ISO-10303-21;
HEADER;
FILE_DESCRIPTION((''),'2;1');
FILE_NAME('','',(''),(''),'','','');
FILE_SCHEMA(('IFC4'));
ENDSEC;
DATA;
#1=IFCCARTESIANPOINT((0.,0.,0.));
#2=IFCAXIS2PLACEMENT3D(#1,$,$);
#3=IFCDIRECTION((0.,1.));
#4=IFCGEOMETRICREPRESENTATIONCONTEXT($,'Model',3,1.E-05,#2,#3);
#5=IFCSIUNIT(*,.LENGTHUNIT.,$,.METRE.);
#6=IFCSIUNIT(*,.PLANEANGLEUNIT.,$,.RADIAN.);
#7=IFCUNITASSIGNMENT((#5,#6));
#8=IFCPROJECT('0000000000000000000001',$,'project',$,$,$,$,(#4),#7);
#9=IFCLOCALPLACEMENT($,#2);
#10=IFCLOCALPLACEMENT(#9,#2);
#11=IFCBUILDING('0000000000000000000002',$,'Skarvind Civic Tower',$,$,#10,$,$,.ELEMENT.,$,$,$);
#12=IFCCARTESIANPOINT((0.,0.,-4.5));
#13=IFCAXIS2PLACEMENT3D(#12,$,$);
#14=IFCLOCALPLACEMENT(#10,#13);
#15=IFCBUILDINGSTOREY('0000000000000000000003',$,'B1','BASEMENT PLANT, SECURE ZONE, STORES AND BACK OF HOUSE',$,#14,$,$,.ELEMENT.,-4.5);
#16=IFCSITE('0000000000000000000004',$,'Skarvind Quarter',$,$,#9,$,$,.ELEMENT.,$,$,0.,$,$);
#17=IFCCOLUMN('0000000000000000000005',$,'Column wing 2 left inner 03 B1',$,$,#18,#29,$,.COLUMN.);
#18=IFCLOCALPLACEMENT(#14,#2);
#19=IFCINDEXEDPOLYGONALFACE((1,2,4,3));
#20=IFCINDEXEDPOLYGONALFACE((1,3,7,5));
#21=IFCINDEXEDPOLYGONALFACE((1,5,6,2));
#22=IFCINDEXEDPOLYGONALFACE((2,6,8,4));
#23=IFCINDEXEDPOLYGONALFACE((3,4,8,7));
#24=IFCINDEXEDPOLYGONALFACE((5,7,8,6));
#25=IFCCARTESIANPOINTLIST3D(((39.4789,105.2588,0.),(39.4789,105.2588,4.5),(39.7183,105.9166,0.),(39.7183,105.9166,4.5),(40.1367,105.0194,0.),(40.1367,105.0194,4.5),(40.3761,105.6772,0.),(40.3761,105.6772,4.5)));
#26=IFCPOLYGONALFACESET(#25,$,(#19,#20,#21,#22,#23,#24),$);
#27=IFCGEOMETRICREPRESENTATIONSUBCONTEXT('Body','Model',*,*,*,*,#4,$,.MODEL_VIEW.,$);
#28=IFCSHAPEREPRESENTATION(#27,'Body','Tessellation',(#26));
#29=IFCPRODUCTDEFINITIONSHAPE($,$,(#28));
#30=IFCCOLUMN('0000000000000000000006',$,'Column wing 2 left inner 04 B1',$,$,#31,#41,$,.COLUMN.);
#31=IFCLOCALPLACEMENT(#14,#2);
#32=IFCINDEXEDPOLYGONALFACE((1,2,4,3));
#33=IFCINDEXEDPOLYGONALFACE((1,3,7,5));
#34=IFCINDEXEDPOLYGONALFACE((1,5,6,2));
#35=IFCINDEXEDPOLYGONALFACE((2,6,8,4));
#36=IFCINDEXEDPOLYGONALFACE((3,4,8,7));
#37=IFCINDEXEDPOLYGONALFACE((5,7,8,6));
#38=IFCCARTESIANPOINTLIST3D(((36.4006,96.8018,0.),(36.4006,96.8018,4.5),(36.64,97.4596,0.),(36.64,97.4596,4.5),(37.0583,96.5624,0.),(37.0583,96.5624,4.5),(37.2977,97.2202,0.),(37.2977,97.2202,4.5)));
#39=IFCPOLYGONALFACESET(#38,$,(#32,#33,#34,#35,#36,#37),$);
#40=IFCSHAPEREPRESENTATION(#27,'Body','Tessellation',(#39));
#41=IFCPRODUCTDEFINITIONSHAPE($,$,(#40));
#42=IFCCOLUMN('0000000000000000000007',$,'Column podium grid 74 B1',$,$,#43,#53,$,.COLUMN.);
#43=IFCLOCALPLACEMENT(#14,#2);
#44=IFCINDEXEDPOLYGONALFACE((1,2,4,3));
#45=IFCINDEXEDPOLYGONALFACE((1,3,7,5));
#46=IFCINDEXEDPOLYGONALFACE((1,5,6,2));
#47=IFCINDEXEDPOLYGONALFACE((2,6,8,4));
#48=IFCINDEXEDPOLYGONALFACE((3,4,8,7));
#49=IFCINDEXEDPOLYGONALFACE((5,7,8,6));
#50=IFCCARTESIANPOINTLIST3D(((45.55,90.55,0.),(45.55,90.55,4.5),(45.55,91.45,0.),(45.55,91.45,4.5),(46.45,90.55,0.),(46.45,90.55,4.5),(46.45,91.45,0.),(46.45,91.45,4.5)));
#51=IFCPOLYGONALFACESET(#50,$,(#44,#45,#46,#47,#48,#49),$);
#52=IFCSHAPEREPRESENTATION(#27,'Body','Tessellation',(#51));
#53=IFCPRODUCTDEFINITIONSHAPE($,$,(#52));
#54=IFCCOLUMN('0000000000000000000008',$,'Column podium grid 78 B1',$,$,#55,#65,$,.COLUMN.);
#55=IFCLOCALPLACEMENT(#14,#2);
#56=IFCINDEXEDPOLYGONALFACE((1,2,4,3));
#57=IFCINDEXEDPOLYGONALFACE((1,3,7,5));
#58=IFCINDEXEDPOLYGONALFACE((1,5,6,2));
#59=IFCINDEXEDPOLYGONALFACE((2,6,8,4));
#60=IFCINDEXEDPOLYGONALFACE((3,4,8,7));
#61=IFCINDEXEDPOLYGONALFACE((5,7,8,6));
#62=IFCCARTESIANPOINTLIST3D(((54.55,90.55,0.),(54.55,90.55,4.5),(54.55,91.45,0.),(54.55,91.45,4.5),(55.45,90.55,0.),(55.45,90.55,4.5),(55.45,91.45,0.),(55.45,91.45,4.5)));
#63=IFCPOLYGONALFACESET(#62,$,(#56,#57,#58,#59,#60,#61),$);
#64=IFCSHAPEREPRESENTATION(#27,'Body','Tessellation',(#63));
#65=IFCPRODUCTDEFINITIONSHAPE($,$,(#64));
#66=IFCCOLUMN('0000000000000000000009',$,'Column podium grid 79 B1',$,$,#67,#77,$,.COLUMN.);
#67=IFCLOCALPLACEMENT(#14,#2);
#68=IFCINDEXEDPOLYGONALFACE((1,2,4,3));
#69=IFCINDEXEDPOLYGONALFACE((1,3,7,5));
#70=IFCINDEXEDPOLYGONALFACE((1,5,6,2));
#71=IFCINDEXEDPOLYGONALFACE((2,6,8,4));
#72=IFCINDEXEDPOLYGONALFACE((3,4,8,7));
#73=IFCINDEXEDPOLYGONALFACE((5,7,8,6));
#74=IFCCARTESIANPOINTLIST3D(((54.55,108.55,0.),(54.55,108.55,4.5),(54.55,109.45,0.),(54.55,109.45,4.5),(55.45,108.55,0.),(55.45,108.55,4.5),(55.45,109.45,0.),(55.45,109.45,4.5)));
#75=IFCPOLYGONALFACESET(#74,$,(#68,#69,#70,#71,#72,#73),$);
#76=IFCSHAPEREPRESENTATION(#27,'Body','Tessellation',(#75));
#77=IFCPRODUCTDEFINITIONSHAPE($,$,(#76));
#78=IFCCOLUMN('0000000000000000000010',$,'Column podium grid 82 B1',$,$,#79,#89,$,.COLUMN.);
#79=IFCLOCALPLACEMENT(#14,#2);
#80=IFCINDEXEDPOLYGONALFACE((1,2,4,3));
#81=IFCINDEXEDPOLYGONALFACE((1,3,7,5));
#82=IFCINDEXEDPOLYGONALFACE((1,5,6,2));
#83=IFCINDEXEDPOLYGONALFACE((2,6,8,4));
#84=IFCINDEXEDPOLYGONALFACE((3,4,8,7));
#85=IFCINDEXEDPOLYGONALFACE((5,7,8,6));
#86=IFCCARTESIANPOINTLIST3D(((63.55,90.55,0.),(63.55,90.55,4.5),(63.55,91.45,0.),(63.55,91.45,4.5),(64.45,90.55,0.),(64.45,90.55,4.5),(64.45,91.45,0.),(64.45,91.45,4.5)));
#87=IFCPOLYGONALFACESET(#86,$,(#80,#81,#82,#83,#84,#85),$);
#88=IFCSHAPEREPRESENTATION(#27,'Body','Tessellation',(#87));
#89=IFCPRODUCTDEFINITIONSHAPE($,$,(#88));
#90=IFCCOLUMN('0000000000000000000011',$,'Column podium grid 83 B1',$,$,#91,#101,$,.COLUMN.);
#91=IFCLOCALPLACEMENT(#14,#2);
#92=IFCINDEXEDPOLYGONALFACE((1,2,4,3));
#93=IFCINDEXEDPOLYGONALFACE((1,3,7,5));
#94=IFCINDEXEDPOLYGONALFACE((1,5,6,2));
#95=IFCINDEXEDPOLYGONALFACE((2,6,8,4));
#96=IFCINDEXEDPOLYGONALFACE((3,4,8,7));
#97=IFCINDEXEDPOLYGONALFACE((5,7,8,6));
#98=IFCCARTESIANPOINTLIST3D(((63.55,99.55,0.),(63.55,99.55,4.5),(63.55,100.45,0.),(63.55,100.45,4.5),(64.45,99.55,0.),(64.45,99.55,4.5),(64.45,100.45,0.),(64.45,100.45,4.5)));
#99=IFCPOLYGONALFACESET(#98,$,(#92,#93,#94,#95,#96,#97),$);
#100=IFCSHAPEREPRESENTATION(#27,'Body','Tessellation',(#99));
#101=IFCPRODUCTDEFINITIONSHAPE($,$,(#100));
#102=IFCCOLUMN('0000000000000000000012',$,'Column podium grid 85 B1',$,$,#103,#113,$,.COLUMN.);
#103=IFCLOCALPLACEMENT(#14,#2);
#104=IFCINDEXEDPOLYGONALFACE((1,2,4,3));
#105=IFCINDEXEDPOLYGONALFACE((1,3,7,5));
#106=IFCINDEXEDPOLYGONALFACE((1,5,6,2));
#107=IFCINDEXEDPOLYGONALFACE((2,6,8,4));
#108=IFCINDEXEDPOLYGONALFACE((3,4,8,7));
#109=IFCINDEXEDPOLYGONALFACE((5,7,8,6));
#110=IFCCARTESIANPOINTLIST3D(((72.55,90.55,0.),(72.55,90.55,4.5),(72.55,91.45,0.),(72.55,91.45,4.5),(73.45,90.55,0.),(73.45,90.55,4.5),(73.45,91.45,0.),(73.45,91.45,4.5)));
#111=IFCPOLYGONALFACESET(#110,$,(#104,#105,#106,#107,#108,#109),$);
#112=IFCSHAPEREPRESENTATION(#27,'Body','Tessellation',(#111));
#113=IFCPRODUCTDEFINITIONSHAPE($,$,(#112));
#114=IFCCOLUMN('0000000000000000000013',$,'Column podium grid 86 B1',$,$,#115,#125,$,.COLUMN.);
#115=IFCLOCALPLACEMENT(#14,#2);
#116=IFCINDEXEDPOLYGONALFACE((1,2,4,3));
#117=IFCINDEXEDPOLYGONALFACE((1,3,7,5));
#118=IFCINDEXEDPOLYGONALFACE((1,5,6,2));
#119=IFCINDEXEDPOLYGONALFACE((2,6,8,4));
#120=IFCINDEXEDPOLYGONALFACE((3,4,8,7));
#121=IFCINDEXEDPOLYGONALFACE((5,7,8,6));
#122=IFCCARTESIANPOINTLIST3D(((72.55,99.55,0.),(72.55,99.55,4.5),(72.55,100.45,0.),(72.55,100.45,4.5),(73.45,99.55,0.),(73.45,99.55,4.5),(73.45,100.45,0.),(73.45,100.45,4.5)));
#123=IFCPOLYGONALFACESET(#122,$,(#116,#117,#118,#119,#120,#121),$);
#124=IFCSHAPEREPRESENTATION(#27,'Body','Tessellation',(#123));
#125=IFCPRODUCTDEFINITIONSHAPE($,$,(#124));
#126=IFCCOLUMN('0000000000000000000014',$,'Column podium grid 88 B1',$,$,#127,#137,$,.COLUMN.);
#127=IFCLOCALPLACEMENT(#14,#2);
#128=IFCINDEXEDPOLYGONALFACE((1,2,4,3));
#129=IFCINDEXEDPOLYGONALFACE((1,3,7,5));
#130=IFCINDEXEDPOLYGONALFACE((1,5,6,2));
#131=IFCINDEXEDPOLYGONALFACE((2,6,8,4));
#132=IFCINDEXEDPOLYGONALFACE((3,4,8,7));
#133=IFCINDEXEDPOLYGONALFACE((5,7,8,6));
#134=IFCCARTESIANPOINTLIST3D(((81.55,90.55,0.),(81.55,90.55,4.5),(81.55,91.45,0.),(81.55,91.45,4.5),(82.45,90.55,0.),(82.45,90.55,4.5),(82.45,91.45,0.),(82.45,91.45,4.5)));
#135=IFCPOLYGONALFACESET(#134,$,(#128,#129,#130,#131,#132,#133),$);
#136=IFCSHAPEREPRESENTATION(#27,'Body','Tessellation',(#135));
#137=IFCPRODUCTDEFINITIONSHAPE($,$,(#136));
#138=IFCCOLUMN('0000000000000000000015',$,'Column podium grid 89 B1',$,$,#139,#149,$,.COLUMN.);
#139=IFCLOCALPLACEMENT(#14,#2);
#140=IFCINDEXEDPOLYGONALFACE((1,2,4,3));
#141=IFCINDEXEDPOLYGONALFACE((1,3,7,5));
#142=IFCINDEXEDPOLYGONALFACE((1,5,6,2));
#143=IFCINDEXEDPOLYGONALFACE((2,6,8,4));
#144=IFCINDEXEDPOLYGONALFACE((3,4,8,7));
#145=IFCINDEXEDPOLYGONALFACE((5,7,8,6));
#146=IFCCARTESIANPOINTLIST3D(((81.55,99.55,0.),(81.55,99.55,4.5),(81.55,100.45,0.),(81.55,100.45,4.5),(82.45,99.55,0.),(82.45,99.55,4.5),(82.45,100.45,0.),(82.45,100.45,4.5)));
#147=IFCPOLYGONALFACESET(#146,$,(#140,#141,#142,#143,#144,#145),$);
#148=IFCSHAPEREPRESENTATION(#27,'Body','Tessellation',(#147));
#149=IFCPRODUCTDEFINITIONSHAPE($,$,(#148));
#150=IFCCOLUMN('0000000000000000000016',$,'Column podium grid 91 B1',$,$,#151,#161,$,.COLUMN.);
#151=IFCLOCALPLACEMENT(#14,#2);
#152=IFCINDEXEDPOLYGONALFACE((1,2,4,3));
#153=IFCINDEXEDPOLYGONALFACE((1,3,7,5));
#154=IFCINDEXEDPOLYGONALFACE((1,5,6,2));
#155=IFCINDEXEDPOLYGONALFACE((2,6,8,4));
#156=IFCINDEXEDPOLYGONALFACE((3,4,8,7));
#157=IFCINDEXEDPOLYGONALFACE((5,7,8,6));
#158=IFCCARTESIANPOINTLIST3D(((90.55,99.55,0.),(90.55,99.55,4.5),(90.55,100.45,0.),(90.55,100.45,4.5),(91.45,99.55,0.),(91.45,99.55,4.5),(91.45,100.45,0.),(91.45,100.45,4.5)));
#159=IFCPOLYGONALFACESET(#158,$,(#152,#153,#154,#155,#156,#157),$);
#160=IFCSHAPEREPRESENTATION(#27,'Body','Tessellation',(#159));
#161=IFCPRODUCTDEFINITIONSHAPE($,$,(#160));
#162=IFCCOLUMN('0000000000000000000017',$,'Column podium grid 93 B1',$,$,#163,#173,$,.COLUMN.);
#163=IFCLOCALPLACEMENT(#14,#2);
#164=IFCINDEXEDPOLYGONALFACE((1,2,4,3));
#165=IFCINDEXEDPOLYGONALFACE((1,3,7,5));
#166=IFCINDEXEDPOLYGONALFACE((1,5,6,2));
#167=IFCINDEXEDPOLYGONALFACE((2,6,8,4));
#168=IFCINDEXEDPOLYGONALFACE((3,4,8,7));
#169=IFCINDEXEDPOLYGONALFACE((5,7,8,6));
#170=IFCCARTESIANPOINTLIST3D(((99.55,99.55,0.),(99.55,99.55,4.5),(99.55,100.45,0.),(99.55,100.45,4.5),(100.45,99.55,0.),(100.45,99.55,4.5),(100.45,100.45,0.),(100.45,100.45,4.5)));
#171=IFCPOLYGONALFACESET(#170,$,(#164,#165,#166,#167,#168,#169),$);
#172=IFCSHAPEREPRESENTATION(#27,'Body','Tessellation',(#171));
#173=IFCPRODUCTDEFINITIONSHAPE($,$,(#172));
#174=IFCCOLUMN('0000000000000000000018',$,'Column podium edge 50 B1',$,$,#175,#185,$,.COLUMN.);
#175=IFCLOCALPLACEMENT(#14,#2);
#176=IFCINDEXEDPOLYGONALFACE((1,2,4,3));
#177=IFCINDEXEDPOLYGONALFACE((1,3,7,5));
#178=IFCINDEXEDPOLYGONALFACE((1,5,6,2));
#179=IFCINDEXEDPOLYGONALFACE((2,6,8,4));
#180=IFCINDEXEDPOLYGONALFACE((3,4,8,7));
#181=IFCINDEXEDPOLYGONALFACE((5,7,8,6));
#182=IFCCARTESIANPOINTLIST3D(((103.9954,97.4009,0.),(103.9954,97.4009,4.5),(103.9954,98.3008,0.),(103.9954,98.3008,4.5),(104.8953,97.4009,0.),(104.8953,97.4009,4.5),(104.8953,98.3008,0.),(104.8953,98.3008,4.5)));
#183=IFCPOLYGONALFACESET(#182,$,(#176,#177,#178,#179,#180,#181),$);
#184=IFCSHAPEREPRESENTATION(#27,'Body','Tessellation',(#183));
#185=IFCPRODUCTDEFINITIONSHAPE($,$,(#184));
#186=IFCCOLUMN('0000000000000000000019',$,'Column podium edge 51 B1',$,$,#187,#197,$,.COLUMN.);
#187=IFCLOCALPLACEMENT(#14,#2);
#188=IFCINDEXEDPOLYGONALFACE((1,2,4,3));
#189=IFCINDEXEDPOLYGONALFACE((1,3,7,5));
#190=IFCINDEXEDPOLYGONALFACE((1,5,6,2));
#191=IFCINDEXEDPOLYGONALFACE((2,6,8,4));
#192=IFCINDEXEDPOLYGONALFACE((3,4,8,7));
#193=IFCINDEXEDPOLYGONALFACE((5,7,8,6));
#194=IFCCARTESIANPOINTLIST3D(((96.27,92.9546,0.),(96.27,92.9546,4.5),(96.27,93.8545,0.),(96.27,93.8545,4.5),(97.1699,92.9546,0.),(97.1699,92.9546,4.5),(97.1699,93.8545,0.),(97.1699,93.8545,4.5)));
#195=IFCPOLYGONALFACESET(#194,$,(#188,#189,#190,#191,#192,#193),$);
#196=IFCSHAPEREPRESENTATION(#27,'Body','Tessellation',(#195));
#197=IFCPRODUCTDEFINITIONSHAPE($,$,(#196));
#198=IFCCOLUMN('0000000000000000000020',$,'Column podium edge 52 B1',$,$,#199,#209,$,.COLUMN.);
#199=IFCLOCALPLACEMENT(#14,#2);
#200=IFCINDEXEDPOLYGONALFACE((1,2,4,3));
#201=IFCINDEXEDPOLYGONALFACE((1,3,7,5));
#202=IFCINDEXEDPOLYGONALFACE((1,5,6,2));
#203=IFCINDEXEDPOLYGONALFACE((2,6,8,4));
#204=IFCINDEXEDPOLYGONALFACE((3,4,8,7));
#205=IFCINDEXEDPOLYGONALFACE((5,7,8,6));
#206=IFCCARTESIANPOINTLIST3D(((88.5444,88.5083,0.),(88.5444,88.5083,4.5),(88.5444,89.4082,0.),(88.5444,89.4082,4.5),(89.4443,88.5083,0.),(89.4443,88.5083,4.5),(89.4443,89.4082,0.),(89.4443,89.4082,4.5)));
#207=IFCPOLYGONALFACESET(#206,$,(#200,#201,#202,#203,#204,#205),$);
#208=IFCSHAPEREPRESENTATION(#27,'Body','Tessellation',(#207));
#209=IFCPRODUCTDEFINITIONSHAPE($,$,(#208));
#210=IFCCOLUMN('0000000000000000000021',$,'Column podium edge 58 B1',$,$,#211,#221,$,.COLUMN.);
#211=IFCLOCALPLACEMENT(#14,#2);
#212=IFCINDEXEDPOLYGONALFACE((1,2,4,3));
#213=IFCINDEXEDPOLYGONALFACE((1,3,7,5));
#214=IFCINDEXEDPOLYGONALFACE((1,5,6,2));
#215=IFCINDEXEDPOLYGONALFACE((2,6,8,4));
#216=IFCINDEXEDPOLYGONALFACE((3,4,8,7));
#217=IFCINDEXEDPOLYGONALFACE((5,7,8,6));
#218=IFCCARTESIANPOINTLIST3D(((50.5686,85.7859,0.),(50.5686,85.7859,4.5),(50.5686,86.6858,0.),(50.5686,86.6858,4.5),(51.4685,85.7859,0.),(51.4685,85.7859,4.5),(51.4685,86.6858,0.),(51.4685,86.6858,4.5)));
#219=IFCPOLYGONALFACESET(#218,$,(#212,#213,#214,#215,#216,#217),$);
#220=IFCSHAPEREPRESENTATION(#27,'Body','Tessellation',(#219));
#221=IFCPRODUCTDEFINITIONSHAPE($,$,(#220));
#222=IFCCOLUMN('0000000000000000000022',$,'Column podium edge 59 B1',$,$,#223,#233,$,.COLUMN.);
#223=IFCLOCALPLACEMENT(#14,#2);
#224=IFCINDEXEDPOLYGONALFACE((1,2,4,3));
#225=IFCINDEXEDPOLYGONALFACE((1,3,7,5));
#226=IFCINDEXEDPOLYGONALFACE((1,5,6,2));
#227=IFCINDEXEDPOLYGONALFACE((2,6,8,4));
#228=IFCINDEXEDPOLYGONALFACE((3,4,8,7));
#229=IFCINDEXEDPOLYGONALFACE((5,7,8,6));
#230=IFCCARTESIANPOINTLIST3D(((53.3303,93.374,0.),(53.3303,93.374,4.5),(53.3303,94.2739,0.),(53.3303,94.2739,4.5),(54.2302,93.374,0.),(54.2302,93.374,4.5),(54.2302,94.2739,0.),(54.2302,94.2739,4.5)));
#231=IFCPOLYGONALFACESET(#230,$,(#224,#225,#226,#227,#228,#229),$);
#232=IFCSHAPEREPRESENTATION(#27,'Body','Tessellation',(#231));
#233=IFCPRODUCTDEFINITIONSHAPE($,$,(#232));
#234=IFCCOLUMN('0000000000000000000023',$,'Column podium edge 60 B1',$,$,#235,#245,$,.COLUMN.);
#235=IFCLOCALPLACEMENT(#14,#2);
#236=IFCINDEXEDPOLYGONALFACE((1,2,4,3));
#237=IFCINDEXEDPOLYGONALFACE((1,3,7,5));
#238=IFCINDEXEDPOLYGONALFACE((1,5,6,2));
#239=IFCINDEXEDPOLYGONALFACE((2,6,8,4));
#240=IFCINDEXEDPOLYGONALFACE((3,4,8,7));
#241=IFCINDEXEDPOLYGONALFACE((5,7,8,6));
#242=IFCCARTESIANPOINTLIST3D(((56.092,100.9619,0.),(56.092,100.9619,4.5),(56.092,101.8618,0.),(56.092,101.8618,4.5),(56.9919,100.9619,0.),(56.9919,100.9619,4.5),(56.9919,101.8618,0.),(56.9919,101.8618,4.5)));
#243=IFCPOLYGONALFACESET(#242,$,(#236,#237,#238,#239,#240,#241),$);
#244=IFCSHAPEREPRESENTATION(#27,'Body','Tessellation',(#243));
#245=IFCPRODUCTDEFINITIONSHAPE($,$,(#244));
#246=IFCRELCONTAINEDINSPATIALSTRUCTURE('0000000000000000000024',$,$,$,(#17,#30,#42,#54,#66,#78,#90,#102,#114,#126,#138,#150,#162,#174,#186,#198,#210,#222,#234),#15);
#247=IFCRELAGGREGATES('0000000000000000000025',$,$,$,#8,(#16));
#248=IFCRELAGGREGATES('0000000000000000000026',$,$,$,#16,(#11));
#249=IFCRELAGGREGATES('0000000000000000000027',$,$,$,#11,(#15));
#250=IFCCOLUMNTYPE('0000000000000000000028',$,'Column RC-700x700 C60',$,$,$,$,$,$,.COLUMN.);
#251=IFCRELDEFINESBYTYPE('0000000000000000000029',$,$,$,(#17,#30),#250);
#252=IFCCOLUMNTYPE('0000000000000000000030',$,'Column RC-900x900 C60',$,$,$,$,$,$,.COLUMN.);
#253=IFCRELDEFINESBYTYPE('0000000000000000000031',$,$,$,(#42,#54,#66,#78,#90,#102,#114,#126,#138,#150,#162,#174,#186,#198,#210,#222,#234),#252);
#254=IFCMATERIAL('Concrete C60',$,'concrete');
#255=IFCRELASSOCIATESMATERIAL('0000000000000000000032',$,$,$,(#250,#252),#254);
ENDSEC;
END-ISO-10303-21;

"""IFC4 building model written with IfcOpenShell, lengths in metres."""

from ifc_helpers import new_model, si_unit, direction, frame, origin, origin_2d, place, context, subcontext, project, spatial, rectangle, extrude, material, material_profile, profile_set, type_object, element, save


model = new_model("IFC4")

# Units and contexts
model_context = context("Model", 3, precision=1e-05, world=origin(), true_north=direction((0.0, 1.0)))
body_context = subcontext(model_context, "Body", "Model", "MODEL_VIEW")
ifc_project = project(units=[si_unit("LENGTHUNIT", "METRE"), si_unit("PLANEANGLEUNIT", "RADIAN")], contexts=[model_context])

# Site, building, storey
site_placement = place(None, origin())
site = spatial("IfcSite", under=ifc_project, at=site_placement, Name="Skarvind Quarter", CompositionType="ELEMENT", RefElevation=0.0)
building_placement = place(site_placement, origin())
building = spatial("IfcBuilding", under=site, at=building_placement, Name="Skarvind Civic Tower", CompositionType="ELEMENT")
storey_placement = place(building_placement, frame((0.0, 0.0, -4.5)))
storey = spatial("IfcBuildingStorey", under=building, at=storey_placement, Name="B1", Description="BASEMENT PLANT, SECURE ZONE, STORES AND BACK OF HOUSE", CompositionType="ELEMENT", Elevation=-4.5)

# Columns
ifc_material_1 = material(Name="Concrete C60", Category="concrete")
ifc_material_profile_1 = material_profile(ifc_material_1, rectangle(XDim=0.7, YDim=0.7, at=origin_2d()), Name="RC-700x700")
ifc_profile_set_1 = profile_set([ifc_material_profile_1], Name="Concrete C60")
column_type_1 = type_object("IfcColumnType", Name="Column RC-700x700 C60", PredefinedType="COLUMN", material=ifc_profile_set_1)
for number, where, z_axis, x_axis, name in (
    (1, (39.9275, 105.468, 0.0), (0.0, 0.0, 1.0), (-0.34202, -0.939693, 0.0), "Column wing 2 left inner 03 B1"),
    (2, (36.8491, 97.011, 0.0), (0.0, 0.0, 1.0), (-0.34202, -0.939693, 0.0), "Column wing 2 left inner 04 B1"),
):
    element("IfcColumn", number, at=place(storey_placement, frame(where, z_axis=z_axis, x_axis=x_axis)), inside=storey, type_object=column_type_1, Name=name, PredefinedType="COLUMN", context=body_context, shape_type="SweptSolid", body=[
        extrude(rectangle(XDim=0.7, YDim=0.7, at=origin_2d()), origin(), (0.0, 0.0, 1.0), 4.5),
    ])
ifc_material_profile_2 = material_profile(ifc_material_1, rectangle(XDim=0.8999, YDim=0.8999, at=origin_2d()), Name="RC-900x900")
ifc_profile_set_2 = profile_set([ifc_material_profile_2], Name="Concrete C60")
column_type_2 = type_object("IfcColumnType", Name="Column RC-900x900 C60", PredefinedType="COLUMN", material=ifc_profile_set_2)
for number, where, z_axis, x_axis, name in (
    (3, (46.0, 91.0, 0.0), (0.0, 0.0, 1.0), (1.0, 0.0, 0.0), "Column podium grid 74 B1"),
    (4, (55.0, 91.0, 0.0), (0.0, 0.0, 1.0), (1.0, 0.0, 0.0), "Column podium grid 78 B1"),
    (5, (55.0, 109.0, 0.0), (0.0, 0.0, 1.0), (1.0, 0.0, 0.0), "Column podium grid 79 B1"),
    (6, (64.0, 91.0, 0.0), (0.0, 0.0, 1.0), (1.0, 0.0, 0.0), "Column podium grid 82 B1"),
    (7, (64.0, 100.0, 0.0), (0.0, 0.0, 1.0), (1.0, 0.0, 0.0), "Column podium grid 83 B1"),
    (8, (73.0, 91.0, 0.0), (0.0, 0.0, 1.0), (1.0, 0.0, 0.0), "Column podium grid 85 B1"),
    (9, (73.0, 100.0, 0.0), (0.0, 0.0, 1.0), (1.0, 0.0, 0.0), "Column podium grid 86 B1"),
    (10, (82.0, 91.0, 0.0), (0.0, 0.0, 1.0), (1.0, 0.0, 0.0), "Column podium grid 88 B1"),
    (11, (82.0, 100.0, 0.0), (0.0, 0.0, 1.0), (1.0, 0.0, 0.0), "Column podium grid 89 B1"),
    (12, (91.0, 100.0, 0.0), (0.0, 0.0, 1.0), (1.0, 0.0, 0.0), "Column podium grid 91 B1"),
    (13, (100.0, 100.0, 0.0), (0.0, 0.0, 1.0), (1.0, 0.0, 0.0), "Column podium grid 93 B1"),
    (14, (104.4453, 97.8508, 0.0), (0.0, 0.0, 1.0), (1.0, 0.0, 0.0), "Column podium edge 50 B1"),
    (15, (96.72, 93.4045, 0.0), (0.0, 0.0, 1.0), (1.0, 0.0, 0.0), "Column podium edge 51 B1"),
    (16, (88.9944, 88.9583, 0.0), (0.0, 0.0, 1.0), (1.0, 0.0, 0.0), "Column podium edge 52 B1"),
    (17, (51.0186, 86.2358, 0.0), (0.0, 0.0, 1.0), (1.0, 0.0, 0.0), "Column podium edge 58 B1"),
    (18, (53.7803, 93.824, 0.0), (0.0, 0.0, 1.0), (1.0, 0.0, 0.0), "Column podium edge 59 B1"),
    (19, (56.542, 101.4119, 0.0), (0.0, 0.0, 1.0), (1.0, 0.0, 0.0), "Column podium edge 60 B1"),
):
    element("IfcColumn", number, at=place(storey_placement, frame(where, z_axis=z_axis, x_axis=x_axis)), inside=storey, type_object=column_type_2, Name=name, PredefinedType="COLUMN", context=body_context, shape_type="SweptSolid", body=[
        extrude(rectangle(XDim=0.8999, YDim=0.8999, at=origin_2d()), origin(), (0.0, 0.0, 1.0), 4.5),
    ])

save(model, "model.ifc")
